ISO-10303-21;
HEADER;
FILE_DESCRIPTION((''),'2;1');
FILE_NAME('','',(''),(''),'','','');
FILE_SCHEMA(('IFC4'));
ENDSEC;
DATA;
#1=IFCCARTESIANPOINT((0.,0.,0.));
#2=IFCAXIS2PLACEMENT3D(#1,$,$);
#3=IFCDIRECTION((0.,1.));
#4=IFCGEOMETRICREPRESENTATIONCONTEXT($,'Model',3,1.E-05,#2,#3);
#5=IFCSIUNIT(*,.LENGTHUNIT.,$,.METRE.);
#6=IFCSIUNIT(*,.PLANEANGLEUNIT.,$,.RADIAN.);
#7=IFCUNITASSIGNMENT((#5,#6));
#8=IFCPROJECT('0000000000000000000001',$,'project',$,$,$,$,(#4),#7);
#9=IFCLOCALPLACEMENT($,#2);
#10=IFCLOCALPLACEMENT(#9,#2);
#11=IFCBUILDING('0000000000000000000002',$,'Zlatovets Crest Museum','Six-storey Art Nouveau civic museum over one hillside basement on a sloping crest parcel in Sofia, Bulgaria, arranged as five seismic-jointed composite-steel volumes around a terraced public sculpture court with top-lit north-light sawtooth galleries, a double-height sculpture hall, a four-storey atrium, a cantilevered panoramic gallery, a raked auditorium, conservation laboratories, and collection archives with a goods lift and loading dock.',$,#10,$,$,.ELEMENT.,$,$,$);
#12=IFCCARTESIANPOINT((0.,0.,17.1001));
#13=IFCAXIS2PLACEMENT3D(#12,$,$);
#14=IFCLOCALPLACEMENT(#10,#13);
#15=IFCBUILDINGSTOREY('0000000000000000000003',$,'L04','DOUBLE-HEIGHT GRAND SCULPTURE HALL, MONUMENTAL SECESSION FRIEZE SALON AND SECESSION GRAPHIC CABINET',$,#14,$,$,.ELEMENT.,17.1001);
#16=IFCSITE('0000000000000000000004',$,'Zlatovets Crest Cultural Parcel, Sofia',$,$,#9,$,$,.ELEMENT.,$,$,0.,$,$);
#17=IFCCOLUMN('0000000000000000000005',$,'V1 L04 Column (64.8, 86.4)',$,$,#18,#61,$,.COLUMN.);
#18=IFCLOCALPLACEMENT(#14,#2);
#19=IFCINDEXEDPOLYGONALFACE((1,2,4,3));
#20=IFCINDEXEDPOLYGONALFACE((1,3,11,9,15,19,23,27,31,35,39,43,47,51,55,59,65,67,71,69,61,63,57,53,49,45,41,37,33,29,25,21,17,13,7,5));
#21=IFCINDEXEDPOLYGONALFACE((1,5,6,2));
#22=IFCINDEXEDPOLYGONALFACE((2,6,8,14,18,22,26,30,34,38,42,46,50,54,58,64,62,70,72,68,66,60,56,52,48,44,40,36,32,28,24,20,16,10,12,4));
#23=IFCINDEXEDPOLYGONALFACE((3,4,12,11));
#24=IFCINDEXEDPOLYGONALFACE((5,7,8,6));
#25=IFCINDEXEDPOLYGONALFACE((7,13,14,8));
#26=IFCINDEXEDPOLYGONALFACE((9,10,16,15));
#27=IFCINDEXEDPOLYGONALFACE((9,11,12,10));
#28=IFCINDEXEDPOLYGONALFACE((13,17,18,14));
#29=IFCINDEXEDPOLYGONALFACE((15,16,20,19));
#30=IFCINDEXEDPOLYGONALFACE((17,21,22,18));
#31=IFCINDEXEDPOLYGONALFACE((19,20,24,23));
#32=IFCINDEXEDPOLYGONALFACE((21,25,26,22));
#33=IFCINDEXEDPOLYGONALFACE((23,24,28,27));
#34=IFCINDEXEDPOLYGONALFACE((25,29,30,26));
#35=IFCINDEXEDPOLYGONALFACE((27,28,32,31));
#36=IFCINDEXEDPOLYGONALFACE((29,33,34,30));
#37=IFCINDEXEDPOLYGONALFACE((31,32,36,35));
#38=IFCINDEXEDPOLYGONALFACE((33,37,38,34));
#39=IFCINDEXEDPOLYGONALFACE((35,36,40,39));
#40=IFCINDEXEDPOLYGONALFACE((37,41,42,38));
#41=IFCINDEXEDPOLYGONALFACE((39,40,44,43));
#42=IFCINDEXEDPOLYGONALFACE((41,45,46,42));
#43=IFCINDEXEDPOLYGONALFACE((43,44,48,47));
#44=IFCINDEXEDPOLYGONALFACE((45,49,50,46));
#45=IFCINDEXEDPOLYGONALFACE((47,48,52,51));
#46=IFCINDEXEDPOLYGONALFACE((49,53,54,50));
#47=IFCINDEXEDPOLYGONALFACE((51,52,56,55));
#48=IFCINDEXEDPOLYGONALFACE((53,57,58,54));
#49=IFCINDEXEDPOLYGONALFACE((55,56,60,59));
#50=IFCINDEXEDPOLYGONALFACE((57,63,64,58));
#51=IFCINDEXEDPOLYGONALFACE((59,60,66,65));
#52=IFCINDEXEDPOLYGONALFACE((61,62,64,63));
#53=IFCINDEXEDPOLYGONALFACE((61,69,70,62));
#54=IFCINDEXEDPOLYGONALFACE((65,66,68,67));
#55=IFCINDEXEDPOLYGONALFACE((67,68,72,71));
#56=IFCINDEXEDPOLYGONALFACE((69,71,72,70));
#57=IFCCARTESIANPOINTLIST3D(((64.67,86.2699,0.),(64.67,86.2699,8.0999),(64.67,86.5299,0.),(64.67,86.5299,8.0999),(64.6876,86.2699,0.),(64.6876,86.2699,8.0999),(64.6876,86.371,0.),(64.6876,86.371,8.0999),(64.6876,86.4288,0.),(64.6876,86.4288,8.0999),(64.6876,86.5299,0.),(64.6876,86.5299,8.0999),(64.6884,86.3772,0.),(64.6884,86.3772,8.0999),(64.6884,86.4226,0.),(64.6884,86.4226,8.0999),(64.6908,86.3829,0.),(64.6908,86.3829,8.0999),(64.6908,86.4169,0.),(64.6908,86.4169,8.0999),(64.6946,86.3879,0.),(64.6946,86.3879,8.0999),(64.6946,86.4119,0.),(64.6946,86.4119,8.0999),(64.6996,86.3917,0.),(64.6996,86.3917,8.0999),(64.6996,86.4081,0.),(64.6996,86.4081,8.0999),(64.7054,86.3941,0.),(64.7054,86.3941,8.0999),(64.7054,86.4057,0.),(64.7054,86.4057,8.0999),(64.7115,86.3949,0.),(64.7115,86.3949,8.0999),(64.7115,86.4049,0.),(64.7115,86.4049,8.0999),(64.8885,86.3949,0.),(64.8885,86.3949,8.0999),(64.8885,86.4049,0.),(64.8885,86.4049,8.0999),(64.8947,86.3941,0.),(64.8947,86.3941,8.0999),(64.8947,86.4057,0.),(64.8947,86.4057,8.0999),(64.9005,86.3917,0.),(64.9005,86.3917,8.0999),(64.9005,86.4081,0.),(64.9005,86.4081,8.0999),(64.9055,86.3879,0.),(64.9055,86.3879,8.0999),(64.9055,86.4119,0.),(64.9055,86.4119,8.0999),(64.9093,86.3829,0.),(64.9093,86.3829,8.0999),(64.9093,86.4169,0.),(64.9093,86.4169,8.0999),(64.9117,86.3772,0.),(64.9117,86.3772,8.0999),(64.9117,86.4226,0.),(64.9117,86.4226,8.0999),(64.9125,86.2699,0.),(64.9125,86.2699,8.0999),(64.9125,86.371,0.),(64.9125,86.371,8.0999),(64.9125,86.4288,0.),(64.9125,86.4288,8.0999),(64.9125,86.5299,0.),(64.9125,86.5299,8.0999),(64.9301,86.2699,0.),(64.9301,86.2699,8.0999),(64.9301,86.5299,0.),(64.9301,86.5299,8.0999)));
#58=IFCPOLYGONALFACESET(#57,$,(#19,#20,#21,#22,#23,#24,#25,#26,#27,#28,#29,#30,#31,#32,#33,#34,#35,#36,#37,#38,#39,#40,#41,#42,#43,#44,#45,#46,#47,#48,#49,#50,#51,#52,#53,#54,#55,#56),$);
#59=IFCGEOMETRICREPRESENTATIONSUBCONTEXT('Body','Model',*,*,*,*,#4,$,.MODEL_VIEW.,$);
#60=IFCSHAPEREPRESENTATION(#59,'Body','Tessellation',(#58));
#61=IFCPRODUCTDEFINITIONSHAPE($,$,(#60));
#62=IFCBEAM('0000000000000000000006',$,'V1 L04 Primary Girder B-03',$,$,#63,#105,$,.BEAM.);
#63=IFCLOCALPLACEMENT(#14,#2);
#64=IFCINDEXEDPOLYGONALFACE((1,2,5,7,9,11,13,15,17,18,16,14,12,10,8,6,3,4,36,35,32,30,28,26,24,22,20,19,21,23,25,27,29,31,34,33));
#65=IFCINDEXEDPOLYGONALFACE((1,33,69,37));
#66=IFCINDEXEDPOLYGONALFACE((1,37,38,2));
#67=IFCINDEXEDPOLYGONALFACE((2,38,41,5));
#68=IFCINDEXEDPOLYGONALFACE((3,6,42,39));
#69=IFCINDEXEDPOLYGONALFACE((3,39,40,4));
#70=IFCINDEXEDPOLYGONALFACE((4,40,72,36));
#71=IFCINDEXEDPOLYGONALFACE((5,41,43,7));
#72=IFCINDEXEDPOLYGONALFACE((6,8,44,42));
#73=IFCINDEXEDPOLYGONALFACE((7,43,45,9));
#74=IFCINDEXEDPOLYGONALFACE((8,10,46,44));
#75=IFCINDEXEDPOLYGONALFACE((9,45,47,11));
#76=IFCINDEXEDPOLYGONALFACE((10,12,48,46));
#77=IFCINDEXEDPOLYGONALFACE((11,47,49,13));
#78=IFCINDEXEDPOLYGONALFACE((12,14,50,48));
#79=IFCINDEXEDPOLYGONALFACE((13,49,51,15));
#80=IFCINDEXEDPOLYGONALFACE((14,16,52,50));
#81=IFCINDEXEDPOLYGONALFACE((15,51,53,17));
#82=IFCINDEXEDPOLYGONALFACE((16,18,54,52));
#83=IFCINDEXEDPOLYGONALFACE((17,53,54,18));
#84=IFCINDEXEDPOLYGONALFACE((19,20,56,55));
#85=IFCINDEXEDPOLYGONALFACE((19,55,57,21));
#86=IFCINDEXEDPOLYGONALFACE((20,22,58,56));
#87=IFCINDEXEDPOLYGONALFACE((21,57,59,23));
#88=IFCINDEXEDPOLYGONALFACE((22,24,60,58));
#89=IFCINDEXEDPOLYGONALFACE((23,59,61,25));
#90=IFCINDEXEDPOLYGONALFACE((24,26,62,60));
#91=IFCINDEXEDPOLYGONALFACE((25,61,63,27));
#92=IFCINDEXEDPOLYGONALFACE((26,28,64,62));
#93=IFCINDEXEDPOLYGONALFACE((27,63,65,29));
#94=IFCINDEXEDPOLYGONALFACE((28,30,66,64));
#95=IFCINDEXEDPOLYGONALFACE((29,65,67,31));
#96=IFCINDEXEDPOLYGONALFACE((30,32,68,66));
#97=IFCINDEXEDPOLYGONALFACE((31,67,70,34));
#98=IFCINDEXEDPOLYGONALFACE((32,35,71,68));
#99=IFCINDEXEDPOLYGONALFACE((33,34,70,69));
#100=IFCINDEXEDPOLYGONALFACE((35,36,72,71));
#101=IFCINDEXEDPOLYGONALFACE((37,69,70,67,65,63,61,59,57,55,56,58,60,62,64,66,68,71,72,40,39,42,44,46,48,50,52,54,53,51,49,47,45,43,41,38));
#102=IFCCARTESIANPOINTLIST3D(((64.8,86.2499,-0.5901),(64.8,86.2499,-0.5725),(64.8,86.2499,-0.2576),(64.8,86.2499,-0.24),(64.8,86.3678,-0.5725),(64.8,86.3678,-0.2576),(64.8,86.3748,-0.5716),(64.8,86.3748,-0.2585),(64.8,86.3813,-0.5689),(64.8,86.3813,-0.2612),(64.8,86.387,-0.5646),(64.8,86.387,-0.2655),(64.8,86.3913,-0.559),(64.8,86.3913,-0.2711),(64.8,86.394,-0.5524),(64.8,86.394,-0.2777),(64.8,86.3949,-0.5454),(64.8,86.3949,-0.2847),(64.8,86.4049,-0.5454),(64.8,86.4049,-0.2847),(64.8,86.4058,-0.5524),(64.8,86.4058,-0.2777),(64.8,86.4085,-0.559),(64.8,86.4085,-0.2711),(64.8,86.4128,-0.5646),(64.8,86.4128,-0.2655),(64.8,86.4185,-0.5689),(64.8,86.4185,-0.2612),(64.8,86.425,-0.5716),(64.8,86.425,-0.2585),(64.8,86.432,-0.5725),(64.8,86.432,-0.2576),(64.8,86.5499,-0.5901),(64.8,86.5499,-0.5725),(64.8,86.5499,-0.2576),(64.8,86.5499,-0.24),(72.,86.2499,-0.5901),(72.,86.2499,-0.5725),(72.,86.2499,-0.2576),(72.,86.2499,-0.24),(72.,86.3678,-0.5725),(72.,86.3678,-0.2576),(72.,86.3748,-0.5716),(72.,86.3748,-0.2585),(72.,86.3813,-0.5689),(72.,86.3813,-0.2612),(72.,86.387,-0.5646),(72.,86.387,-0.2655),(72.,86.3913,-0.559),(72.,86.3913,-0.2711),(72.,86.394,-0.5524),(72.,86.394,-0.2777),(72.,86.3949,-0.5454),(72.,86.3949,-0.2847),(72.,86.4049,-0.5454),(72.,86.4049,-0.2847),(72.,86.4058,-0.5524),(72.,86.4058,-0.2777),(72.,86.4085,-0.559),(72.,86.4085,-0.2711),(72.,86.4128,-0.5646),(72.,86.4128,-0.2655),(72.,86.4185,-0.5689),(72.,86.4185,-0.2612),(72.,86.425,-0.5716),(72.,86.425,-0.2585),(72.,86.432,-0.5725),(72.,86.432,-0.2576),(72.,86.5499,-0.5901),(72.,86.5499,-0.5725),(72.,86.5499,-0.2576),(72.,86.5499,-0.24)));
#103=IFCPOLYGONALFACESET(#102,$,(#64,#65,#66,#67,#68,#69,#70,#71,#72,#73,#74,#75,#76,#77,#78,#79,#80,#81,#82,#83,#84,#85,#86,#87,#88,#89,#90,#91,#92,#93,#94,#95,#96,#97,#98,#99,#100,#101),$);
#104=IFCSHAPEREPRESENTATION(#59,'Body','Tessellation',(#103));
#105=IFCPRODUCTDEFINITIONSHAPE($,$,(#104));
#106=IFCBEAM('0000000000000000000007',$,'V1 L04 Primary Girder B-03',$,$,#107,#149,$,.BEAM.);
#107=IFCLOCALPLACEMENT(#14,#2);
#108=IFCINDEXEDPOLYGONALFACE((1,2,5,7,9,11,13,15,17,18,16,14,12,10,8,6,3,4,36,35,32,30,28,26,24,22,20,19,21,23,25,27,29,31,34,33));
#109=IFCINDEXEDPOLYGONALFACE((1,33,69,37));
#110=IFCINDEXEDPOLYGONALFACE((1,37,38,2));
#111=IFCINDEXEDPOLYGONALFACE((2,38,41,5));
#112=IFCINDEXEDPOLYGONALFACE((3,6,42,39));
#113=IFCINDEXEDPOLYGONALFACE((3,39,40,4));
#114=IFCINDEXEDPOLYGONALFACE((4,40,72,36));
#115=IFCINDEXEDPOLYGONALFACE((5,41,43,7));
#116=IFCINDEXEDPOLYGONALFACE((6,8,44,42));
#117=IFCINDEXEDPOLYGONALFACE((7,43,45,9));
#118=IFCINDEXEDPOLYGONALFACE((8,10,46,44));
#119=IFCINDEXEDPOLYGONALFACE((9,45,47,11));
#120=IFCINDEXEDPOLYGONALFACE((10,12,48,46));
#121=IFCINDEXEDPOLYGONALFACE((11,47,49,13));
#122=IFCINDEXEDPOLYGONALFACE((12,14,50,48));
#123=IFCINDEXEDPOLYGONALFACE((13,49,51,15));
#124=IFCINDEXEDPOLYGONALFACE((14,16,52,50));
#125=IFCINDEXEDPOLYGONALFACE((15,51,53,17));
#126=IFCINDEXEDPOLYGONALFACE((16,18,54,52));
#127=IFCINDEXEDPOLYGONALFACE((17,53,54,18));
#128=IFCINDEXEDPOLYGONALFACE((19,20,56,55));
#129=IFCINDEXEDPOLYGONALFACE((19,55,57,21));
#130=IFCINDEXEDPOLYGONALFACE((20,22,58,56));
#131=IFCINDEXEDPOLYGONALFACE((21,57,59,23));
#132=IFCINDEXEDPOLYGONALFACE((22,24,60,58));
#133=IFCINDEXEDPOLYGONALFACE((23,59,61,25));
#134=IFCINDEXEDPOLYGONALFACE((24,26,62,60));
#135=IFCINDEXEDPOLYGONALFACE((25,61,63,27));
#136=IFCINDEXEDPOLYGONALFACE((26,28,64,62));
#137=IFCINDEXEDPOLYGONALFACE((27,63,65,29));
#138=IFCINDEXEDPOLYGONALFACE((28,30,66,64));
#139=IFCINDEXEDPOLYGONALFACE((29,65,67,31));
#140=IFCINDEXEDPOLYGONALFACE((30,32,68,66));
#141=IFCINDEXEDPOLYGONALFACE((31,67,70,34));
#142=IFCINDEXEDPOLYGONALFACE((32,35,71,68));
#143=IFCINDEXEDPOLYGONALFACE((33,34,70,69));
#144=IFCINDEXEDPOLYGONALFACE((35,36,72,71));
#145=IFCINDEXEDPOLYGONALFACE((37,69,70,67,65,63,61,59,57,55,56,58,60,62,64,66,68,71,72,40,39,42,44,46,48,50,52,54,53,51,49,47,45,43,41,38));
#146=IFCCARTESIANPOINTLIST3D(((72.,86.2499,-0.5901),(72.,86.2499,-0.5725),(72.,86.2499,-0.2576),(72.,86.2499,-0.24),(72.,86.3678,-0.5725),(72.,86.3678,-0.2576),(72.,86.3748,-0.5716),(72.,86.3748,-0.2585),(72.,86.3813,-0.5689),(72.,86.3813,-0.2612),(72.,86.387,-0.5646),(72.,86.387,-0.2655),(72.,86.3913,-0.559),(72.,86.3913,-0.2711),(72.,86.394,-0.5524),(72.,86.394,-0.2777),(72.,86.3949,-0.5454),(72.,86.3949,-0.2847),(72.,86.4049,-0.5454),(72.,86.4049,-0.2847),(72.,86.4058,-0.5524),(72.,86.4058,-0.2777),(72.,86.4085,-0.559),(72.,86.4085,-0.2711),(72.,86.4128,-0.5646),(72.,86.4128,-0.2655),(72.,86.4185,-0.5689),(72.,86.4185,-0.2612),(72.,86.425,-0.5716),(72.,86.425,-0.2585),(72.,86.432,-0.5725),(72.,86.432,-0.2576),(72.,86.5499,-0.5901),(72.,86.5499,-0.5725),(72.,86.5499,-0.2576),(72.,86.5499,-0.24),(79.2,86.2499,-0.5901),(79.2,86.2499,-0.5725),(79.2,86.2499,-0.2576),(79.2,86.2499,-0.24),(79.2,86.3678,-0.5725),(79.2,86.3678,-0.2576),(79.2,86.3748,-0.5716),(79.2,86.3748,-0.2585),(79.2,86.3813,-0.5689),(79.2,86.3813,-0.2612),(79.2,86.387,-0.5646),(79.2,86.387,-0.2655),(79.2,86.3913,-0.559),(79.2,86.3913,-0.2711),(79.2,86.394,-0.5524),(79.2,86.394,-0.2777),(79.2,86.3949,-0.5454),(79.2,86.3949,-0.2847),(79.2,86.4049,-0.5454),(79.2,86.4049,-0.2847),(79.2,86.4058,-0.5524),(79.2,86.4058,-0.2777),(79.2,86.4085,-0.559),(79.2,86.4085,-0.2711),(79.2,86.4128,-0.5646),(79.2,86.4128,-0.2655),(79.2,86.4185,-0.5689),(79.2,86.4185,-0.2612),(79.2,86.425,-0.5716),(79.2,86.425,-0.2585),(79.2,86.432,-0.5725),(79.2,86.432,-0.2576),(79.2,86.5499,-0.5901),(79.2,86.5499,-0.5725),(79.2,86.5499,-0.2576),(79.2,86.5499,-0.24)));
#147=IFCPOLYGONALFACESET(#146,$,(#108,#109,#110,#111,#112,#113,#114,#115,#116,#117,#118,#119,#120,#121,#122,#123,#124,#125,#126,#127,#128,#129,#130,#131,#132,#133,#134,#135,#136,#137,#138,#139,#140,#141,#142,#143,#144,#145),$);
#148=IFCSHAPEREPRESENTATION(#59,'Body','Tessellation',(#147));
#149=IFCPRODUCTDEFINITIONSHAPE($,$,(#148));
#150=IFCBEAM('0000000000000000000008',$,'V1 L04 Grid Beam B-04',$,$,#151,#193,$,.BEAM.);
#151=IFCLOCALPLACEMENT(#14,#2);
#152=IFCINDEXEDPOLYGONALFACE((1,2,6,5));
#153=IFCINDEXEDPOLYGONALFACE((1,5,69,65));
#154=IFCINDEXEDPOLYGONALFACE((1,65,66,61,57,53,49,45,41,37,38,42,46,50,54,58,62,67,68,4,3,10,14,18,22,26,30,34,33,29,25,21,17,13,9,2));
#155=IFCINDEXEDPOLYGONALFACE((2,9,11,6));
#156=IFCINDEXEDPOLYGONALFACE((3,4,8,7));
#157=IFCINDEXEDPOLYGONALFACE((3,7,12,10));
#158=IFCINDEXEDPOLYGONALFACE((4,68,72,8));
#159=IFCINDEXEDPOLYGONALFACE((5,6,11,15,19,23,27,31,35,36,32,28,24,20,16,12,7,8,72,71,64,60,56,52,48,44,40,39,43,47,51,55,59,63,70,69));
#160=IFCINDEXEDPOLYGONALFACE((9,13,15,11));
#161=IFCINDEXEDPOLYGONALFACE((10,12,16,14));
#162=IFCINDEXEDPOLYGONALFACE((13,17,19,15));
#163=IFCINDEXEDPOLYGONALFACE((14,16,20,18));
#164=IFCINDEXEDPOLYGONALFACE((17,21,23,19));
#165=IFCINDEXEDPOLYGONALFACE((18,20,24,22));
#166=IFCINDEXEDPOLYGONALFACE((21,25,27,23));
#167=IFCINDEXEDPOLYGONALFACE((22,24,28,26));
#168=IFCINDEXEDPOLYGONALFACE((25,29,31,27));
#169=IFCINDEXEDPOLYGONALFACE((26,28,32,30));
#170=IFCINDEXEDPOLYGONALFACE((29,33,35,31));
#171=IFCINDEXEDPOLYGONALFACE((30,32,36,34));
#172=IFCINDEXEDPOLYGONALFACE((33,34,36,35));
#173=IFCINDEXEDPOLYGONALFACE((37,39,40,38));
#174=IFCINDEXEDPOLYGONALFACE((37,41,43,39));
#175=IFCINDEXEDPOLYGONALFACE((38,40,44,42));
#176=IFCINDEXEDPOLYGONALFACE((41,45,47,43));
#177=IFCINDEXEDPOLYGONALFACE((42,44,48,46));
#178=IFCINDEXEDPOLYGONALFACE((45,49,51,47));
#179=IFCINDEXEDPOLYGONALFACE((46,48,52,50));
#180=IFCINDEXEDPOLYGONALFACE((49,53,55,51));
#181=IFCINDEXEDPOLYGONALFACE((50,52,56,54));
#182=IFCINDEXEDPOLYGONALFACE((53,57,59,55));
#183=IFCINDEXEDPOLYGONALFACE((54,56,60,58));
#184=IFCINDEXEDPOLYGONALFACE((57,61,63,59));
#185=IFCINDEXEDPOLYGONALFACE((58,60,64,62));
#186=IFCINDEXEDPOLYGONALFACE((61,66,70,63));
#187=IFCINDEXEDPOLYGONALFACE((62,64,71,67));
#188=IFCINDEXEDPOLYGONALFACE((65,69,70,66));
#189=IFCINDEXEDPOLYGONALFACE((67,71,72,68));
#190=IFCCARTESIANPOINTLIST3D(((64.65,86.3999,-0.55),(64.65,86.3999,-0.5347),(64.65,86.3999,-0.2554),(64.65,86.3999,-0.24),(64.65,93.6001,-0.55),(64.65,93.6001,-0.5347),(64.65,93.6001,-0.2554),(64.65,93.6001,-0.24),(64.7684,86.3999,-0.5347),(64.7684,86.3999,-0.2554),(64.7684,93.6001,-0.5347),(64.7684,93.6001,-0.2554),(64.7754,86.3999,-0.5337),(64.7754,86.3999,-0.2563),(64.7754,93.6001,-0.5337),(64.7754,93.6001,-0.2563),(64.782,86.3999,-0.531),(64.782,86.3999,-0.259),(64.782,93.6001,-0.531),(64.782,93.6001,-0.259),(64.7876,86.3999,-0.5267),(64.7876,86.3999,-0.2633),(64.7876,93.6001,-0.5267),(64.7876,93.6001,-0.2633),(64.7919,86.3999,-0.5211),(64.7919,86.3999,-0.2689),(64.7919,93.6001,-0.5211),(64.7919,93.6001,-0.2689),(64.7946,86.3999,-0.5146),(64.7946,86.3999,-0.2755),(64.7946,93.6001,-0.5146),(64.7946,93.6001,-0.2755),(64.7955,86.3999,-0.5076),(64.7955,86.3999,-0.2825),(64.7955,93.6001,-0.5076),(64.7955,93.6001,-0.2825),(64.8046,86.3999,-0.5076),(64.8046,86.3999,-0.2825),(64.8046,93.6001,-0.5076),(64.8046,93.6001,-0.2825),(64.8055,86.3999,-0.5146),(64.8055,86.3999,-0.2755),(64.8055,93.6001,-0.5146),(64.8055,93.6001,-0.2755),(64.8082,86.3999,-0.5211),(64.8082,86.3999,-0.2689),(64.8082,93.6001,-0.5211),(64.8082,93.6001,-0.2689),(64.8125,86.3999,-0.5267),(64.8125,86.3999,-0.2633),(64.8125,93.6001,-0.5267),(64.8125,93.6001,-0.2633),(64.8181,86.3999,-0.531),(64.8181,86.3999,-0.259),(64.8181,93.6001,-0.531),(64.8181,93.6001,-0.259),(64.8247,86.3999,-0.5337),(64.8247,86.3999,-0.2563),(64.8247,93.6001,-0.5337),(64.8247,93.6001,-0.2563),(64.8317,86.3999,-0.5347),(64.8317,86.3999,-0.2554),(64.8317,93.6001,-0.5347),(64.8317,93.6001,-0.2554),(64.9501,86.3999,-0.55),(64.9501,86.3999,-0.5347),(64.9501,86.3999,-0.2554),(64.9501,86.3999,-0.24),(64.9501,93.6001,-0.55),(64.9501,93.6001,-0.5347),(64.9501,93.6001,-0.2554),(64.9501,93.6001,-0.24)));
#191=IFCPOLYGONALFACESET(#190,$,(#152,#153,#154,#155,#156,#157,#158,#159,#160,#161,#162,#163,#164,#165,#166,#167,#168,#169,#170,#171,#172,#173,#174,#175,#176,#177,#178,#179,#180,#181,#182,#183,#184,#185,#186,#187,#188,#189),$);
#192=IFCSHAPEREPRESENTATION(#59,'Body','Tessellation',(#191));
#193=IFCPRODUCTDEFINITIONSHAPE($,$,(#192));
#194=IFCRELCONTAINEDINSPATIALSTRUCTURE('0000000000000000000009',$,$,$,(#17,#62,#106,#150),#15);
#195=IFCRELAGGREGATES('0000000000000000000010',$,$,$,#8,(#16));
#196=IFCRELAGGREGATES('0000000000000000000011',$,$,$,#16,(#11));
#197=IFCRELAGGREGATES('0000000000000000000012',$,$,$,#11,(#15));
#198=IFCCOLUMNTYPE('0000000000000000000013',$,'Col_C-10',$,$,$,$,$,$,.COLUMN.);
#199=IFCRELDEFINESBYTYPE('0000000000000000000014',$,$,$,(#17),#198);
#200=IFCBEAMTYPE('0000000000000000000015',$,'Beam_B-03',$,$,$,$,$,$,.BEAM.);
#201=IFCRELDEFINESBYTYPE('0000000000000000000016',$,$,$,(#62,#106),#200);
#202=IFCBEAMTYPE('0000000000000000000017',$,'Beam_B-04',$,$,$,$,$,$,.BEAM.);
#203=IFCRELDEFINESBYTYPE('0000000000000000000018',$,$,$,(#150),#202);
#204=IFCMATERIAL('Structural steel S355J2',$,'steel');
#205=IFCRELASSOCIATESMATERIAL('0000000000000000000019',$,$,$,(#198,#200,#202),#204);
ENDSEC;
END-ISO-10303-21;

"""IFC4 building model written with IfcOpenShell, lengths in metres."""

from ifc_helpers import new_model, si_unit, direction, frame, origin, origin_2d, place, context, subcontext, project, spatial, i_section, extrude, material, material_profile, profile_set, type_object, element, save


model = new_model("IFC4")

# Units and contexts
model_context = context("Model", 3, precision=1e-05, world=origin(), true_north=direction((0.0, 1.0)))
body_context = subcontext(model_context, "Body", "Model", "MODEL_VIEW")
ifc_project = project(units=[si_unit("LENGTHUNIT", "METRE"), si_unit("PLANEANGLEUNIT", "RADIAN")], contexts=[model_context])

# Site, building, storey
site_placement = place(None, origin())
site = spatial("IfcSite", under=ifc_project, at=site_placement, Name="Zlatovets Crest Cultural Parcel, Sofia", CompositionType="ELEMENT", RefElevation=0.0)
building_placement = place(site_placement, origin())
building = spatial("IfcBuilding", under=site, at=building_placement, Name="Zlatovets Crest Museum", Description="Six-storey Art Nouveau civic museum over one hillside basement on a sloping crest parcel in Sofia, Bulgaria, arranged as five seismic-jointed composite-steel volumes around a terraced public sculpture court with top-lit north-light sawtooth galleries, a double-height sculpture hall, a four-storey atrium, a cantilevered panoramic gallery, a raked auditorium, conservation laboratories, and collection archives with a goods lift and loading dock.", CompositionType="ELEMENT")
storey_placement = place(building_placement, frame((0.0, 0.0, 17.1001)))
storey = spatial("IfcBuildingStorey", under=building, at=storey_placement, Name="L04", Description="DOUBLE-HEIGHT GRAND SCULPTURE HALL, MONUMENTAL SECESSION FRIEZE SALON AND SECESSION GRAPHIC CABINET", CompositionType="ELEMENT", Elevation=17.1001)

# Column
ifc_material_1 = material(Name="Structural steel S355J2", Category="steel")
ifc_material_profile_1 = material_profile(ifc_material_1, i_section(OverallWidth=0.26, OverallDepth=0.26, WebThickness=0.01, FlangeThickness=0.0176, FilletRadius=0.0239, at=origin_2d()), Name="HEB 260")
ifc_profile_set_1 = profile_set([ifc_material_profile_1], Name="Structural steel S355J2")
column_type = type_object("IfcColumnType", Name="Col_C-10", PredefinedType="COLUMN", material=ifc_profile_set_1)
column_placement = place(storey_placement, frame((64.8, 86.3999, 0.0), z_axis=(0.0, 0.0, 1.0), x_axis=(0.0, 1.0, 0.0)))
element("IfcColumn", 1, at=column_placement, inside=storey, type_object=column_type, Name="V1 L04 Column (64.8, 86.4)", PredefinedType="COLUMN", context=body_context, shape_type="SweptSolid", body=[
    extrude(i_section(OverallWidth=0.26, OverallDepth=0.26, WebThickness=0.01, FlangeThickness=0.0176, FilletRadius=0.0239, at=origin_2d()), origin(), (0.0, 0.0, 1.0), 8.0999),
])

# Beams
ifc_material_profile_2 = material_profile(ifc_material_1, i_section(OverallWidth=0.3, OverallDepth=0.3501, WebThickness=0.01, FlangeThickness=0.0176, FilletRadius=0.0271, at=origin_2d()), Name="HEA 360")
ifc_profile_set_2 = profile_set([ifc_material_profile_2], Name="Structural steel S355J2")
beam_type_1 = type_object("IfcBeamType", Name="Beam_B-03", PredefinedType="BEAM", material=ifc_profile_set_2)
for number, where, z_axis, x_axis, name in (
    (2, (64.8, 86.3999, -0.415), (1.0, 0.0, 0.0), (0.0, 1.0, 0.0), "V1 L04 Primary Girder B-03"),
    (3, (72.0, 86.3999, -0.415), (1.0, 0.0, 0.0), (0.0, 1.0, 0.0), "V1 L04 Primary Girder B-03"),
):
    element("IfcBeam", number, at=place(storey_placement, frame(where, z_axis=z_axis, x_axis=x_axis)), inside=storey, type_object=beam_type_1, Name=name, PredefinedType="BEAM", context=body_context, shape_type="SweptSolid", body=[
        extrude(i_section(OverallWidth=0.3, OverallDepth=0.3501, WebThickness=0.01, FlangeThickness=0.0176, FilletRadius=0.0271, at=origin_2d()), origin(), (0.0, 0.0, 1.0), 7.2),
    ])
ifc_material_profile_3 = material_profile(ifc_material_1, i_section(OverallWidth=0.3, OverallDepth=0.3101, WebThickness=0.009, FlangeThickness=0.0154, FilletRadius=0.0271, at=origin_2d()), Name="HEA 320")
ifc_profile_set_3 = profile_set([ifc_material_profile_3], Name="Structural steel S355J2")
beam_type_2 = type_object("IfcBeamType", Name="Beam_B-04", PredefinedType="BEAM", material=ifc_profile_set_3)
for number, where, z_axis, x_axis, name in (
    (4, (64.8, 86.3999, -0.395), (0.0, 1.0, 0.0), (-1.0, 0.0, 0.0), "V1 L04 Grid Beam B-04"),
):
    element("IfcBeam", number, at=place(storey_placement, frame(where, z_axis=z_axis, x_axis=x_axis)), inside=storey, type_object=beam_type_2, Name=name, PredefinedType="BEAM", context=body_context, shape_type="SweptSolid", body=[
        extrude(i_section(OverallWidth=0.3, OverallDepth=0.3101, WebThickness=0.009, FlangeThickness=0.0154, FilletRadius=0.0271, at=origin_2d()), origin(), (0.0, 0.0, 1.0), 7.2002),
    ])

save(model, "model.ifc")
